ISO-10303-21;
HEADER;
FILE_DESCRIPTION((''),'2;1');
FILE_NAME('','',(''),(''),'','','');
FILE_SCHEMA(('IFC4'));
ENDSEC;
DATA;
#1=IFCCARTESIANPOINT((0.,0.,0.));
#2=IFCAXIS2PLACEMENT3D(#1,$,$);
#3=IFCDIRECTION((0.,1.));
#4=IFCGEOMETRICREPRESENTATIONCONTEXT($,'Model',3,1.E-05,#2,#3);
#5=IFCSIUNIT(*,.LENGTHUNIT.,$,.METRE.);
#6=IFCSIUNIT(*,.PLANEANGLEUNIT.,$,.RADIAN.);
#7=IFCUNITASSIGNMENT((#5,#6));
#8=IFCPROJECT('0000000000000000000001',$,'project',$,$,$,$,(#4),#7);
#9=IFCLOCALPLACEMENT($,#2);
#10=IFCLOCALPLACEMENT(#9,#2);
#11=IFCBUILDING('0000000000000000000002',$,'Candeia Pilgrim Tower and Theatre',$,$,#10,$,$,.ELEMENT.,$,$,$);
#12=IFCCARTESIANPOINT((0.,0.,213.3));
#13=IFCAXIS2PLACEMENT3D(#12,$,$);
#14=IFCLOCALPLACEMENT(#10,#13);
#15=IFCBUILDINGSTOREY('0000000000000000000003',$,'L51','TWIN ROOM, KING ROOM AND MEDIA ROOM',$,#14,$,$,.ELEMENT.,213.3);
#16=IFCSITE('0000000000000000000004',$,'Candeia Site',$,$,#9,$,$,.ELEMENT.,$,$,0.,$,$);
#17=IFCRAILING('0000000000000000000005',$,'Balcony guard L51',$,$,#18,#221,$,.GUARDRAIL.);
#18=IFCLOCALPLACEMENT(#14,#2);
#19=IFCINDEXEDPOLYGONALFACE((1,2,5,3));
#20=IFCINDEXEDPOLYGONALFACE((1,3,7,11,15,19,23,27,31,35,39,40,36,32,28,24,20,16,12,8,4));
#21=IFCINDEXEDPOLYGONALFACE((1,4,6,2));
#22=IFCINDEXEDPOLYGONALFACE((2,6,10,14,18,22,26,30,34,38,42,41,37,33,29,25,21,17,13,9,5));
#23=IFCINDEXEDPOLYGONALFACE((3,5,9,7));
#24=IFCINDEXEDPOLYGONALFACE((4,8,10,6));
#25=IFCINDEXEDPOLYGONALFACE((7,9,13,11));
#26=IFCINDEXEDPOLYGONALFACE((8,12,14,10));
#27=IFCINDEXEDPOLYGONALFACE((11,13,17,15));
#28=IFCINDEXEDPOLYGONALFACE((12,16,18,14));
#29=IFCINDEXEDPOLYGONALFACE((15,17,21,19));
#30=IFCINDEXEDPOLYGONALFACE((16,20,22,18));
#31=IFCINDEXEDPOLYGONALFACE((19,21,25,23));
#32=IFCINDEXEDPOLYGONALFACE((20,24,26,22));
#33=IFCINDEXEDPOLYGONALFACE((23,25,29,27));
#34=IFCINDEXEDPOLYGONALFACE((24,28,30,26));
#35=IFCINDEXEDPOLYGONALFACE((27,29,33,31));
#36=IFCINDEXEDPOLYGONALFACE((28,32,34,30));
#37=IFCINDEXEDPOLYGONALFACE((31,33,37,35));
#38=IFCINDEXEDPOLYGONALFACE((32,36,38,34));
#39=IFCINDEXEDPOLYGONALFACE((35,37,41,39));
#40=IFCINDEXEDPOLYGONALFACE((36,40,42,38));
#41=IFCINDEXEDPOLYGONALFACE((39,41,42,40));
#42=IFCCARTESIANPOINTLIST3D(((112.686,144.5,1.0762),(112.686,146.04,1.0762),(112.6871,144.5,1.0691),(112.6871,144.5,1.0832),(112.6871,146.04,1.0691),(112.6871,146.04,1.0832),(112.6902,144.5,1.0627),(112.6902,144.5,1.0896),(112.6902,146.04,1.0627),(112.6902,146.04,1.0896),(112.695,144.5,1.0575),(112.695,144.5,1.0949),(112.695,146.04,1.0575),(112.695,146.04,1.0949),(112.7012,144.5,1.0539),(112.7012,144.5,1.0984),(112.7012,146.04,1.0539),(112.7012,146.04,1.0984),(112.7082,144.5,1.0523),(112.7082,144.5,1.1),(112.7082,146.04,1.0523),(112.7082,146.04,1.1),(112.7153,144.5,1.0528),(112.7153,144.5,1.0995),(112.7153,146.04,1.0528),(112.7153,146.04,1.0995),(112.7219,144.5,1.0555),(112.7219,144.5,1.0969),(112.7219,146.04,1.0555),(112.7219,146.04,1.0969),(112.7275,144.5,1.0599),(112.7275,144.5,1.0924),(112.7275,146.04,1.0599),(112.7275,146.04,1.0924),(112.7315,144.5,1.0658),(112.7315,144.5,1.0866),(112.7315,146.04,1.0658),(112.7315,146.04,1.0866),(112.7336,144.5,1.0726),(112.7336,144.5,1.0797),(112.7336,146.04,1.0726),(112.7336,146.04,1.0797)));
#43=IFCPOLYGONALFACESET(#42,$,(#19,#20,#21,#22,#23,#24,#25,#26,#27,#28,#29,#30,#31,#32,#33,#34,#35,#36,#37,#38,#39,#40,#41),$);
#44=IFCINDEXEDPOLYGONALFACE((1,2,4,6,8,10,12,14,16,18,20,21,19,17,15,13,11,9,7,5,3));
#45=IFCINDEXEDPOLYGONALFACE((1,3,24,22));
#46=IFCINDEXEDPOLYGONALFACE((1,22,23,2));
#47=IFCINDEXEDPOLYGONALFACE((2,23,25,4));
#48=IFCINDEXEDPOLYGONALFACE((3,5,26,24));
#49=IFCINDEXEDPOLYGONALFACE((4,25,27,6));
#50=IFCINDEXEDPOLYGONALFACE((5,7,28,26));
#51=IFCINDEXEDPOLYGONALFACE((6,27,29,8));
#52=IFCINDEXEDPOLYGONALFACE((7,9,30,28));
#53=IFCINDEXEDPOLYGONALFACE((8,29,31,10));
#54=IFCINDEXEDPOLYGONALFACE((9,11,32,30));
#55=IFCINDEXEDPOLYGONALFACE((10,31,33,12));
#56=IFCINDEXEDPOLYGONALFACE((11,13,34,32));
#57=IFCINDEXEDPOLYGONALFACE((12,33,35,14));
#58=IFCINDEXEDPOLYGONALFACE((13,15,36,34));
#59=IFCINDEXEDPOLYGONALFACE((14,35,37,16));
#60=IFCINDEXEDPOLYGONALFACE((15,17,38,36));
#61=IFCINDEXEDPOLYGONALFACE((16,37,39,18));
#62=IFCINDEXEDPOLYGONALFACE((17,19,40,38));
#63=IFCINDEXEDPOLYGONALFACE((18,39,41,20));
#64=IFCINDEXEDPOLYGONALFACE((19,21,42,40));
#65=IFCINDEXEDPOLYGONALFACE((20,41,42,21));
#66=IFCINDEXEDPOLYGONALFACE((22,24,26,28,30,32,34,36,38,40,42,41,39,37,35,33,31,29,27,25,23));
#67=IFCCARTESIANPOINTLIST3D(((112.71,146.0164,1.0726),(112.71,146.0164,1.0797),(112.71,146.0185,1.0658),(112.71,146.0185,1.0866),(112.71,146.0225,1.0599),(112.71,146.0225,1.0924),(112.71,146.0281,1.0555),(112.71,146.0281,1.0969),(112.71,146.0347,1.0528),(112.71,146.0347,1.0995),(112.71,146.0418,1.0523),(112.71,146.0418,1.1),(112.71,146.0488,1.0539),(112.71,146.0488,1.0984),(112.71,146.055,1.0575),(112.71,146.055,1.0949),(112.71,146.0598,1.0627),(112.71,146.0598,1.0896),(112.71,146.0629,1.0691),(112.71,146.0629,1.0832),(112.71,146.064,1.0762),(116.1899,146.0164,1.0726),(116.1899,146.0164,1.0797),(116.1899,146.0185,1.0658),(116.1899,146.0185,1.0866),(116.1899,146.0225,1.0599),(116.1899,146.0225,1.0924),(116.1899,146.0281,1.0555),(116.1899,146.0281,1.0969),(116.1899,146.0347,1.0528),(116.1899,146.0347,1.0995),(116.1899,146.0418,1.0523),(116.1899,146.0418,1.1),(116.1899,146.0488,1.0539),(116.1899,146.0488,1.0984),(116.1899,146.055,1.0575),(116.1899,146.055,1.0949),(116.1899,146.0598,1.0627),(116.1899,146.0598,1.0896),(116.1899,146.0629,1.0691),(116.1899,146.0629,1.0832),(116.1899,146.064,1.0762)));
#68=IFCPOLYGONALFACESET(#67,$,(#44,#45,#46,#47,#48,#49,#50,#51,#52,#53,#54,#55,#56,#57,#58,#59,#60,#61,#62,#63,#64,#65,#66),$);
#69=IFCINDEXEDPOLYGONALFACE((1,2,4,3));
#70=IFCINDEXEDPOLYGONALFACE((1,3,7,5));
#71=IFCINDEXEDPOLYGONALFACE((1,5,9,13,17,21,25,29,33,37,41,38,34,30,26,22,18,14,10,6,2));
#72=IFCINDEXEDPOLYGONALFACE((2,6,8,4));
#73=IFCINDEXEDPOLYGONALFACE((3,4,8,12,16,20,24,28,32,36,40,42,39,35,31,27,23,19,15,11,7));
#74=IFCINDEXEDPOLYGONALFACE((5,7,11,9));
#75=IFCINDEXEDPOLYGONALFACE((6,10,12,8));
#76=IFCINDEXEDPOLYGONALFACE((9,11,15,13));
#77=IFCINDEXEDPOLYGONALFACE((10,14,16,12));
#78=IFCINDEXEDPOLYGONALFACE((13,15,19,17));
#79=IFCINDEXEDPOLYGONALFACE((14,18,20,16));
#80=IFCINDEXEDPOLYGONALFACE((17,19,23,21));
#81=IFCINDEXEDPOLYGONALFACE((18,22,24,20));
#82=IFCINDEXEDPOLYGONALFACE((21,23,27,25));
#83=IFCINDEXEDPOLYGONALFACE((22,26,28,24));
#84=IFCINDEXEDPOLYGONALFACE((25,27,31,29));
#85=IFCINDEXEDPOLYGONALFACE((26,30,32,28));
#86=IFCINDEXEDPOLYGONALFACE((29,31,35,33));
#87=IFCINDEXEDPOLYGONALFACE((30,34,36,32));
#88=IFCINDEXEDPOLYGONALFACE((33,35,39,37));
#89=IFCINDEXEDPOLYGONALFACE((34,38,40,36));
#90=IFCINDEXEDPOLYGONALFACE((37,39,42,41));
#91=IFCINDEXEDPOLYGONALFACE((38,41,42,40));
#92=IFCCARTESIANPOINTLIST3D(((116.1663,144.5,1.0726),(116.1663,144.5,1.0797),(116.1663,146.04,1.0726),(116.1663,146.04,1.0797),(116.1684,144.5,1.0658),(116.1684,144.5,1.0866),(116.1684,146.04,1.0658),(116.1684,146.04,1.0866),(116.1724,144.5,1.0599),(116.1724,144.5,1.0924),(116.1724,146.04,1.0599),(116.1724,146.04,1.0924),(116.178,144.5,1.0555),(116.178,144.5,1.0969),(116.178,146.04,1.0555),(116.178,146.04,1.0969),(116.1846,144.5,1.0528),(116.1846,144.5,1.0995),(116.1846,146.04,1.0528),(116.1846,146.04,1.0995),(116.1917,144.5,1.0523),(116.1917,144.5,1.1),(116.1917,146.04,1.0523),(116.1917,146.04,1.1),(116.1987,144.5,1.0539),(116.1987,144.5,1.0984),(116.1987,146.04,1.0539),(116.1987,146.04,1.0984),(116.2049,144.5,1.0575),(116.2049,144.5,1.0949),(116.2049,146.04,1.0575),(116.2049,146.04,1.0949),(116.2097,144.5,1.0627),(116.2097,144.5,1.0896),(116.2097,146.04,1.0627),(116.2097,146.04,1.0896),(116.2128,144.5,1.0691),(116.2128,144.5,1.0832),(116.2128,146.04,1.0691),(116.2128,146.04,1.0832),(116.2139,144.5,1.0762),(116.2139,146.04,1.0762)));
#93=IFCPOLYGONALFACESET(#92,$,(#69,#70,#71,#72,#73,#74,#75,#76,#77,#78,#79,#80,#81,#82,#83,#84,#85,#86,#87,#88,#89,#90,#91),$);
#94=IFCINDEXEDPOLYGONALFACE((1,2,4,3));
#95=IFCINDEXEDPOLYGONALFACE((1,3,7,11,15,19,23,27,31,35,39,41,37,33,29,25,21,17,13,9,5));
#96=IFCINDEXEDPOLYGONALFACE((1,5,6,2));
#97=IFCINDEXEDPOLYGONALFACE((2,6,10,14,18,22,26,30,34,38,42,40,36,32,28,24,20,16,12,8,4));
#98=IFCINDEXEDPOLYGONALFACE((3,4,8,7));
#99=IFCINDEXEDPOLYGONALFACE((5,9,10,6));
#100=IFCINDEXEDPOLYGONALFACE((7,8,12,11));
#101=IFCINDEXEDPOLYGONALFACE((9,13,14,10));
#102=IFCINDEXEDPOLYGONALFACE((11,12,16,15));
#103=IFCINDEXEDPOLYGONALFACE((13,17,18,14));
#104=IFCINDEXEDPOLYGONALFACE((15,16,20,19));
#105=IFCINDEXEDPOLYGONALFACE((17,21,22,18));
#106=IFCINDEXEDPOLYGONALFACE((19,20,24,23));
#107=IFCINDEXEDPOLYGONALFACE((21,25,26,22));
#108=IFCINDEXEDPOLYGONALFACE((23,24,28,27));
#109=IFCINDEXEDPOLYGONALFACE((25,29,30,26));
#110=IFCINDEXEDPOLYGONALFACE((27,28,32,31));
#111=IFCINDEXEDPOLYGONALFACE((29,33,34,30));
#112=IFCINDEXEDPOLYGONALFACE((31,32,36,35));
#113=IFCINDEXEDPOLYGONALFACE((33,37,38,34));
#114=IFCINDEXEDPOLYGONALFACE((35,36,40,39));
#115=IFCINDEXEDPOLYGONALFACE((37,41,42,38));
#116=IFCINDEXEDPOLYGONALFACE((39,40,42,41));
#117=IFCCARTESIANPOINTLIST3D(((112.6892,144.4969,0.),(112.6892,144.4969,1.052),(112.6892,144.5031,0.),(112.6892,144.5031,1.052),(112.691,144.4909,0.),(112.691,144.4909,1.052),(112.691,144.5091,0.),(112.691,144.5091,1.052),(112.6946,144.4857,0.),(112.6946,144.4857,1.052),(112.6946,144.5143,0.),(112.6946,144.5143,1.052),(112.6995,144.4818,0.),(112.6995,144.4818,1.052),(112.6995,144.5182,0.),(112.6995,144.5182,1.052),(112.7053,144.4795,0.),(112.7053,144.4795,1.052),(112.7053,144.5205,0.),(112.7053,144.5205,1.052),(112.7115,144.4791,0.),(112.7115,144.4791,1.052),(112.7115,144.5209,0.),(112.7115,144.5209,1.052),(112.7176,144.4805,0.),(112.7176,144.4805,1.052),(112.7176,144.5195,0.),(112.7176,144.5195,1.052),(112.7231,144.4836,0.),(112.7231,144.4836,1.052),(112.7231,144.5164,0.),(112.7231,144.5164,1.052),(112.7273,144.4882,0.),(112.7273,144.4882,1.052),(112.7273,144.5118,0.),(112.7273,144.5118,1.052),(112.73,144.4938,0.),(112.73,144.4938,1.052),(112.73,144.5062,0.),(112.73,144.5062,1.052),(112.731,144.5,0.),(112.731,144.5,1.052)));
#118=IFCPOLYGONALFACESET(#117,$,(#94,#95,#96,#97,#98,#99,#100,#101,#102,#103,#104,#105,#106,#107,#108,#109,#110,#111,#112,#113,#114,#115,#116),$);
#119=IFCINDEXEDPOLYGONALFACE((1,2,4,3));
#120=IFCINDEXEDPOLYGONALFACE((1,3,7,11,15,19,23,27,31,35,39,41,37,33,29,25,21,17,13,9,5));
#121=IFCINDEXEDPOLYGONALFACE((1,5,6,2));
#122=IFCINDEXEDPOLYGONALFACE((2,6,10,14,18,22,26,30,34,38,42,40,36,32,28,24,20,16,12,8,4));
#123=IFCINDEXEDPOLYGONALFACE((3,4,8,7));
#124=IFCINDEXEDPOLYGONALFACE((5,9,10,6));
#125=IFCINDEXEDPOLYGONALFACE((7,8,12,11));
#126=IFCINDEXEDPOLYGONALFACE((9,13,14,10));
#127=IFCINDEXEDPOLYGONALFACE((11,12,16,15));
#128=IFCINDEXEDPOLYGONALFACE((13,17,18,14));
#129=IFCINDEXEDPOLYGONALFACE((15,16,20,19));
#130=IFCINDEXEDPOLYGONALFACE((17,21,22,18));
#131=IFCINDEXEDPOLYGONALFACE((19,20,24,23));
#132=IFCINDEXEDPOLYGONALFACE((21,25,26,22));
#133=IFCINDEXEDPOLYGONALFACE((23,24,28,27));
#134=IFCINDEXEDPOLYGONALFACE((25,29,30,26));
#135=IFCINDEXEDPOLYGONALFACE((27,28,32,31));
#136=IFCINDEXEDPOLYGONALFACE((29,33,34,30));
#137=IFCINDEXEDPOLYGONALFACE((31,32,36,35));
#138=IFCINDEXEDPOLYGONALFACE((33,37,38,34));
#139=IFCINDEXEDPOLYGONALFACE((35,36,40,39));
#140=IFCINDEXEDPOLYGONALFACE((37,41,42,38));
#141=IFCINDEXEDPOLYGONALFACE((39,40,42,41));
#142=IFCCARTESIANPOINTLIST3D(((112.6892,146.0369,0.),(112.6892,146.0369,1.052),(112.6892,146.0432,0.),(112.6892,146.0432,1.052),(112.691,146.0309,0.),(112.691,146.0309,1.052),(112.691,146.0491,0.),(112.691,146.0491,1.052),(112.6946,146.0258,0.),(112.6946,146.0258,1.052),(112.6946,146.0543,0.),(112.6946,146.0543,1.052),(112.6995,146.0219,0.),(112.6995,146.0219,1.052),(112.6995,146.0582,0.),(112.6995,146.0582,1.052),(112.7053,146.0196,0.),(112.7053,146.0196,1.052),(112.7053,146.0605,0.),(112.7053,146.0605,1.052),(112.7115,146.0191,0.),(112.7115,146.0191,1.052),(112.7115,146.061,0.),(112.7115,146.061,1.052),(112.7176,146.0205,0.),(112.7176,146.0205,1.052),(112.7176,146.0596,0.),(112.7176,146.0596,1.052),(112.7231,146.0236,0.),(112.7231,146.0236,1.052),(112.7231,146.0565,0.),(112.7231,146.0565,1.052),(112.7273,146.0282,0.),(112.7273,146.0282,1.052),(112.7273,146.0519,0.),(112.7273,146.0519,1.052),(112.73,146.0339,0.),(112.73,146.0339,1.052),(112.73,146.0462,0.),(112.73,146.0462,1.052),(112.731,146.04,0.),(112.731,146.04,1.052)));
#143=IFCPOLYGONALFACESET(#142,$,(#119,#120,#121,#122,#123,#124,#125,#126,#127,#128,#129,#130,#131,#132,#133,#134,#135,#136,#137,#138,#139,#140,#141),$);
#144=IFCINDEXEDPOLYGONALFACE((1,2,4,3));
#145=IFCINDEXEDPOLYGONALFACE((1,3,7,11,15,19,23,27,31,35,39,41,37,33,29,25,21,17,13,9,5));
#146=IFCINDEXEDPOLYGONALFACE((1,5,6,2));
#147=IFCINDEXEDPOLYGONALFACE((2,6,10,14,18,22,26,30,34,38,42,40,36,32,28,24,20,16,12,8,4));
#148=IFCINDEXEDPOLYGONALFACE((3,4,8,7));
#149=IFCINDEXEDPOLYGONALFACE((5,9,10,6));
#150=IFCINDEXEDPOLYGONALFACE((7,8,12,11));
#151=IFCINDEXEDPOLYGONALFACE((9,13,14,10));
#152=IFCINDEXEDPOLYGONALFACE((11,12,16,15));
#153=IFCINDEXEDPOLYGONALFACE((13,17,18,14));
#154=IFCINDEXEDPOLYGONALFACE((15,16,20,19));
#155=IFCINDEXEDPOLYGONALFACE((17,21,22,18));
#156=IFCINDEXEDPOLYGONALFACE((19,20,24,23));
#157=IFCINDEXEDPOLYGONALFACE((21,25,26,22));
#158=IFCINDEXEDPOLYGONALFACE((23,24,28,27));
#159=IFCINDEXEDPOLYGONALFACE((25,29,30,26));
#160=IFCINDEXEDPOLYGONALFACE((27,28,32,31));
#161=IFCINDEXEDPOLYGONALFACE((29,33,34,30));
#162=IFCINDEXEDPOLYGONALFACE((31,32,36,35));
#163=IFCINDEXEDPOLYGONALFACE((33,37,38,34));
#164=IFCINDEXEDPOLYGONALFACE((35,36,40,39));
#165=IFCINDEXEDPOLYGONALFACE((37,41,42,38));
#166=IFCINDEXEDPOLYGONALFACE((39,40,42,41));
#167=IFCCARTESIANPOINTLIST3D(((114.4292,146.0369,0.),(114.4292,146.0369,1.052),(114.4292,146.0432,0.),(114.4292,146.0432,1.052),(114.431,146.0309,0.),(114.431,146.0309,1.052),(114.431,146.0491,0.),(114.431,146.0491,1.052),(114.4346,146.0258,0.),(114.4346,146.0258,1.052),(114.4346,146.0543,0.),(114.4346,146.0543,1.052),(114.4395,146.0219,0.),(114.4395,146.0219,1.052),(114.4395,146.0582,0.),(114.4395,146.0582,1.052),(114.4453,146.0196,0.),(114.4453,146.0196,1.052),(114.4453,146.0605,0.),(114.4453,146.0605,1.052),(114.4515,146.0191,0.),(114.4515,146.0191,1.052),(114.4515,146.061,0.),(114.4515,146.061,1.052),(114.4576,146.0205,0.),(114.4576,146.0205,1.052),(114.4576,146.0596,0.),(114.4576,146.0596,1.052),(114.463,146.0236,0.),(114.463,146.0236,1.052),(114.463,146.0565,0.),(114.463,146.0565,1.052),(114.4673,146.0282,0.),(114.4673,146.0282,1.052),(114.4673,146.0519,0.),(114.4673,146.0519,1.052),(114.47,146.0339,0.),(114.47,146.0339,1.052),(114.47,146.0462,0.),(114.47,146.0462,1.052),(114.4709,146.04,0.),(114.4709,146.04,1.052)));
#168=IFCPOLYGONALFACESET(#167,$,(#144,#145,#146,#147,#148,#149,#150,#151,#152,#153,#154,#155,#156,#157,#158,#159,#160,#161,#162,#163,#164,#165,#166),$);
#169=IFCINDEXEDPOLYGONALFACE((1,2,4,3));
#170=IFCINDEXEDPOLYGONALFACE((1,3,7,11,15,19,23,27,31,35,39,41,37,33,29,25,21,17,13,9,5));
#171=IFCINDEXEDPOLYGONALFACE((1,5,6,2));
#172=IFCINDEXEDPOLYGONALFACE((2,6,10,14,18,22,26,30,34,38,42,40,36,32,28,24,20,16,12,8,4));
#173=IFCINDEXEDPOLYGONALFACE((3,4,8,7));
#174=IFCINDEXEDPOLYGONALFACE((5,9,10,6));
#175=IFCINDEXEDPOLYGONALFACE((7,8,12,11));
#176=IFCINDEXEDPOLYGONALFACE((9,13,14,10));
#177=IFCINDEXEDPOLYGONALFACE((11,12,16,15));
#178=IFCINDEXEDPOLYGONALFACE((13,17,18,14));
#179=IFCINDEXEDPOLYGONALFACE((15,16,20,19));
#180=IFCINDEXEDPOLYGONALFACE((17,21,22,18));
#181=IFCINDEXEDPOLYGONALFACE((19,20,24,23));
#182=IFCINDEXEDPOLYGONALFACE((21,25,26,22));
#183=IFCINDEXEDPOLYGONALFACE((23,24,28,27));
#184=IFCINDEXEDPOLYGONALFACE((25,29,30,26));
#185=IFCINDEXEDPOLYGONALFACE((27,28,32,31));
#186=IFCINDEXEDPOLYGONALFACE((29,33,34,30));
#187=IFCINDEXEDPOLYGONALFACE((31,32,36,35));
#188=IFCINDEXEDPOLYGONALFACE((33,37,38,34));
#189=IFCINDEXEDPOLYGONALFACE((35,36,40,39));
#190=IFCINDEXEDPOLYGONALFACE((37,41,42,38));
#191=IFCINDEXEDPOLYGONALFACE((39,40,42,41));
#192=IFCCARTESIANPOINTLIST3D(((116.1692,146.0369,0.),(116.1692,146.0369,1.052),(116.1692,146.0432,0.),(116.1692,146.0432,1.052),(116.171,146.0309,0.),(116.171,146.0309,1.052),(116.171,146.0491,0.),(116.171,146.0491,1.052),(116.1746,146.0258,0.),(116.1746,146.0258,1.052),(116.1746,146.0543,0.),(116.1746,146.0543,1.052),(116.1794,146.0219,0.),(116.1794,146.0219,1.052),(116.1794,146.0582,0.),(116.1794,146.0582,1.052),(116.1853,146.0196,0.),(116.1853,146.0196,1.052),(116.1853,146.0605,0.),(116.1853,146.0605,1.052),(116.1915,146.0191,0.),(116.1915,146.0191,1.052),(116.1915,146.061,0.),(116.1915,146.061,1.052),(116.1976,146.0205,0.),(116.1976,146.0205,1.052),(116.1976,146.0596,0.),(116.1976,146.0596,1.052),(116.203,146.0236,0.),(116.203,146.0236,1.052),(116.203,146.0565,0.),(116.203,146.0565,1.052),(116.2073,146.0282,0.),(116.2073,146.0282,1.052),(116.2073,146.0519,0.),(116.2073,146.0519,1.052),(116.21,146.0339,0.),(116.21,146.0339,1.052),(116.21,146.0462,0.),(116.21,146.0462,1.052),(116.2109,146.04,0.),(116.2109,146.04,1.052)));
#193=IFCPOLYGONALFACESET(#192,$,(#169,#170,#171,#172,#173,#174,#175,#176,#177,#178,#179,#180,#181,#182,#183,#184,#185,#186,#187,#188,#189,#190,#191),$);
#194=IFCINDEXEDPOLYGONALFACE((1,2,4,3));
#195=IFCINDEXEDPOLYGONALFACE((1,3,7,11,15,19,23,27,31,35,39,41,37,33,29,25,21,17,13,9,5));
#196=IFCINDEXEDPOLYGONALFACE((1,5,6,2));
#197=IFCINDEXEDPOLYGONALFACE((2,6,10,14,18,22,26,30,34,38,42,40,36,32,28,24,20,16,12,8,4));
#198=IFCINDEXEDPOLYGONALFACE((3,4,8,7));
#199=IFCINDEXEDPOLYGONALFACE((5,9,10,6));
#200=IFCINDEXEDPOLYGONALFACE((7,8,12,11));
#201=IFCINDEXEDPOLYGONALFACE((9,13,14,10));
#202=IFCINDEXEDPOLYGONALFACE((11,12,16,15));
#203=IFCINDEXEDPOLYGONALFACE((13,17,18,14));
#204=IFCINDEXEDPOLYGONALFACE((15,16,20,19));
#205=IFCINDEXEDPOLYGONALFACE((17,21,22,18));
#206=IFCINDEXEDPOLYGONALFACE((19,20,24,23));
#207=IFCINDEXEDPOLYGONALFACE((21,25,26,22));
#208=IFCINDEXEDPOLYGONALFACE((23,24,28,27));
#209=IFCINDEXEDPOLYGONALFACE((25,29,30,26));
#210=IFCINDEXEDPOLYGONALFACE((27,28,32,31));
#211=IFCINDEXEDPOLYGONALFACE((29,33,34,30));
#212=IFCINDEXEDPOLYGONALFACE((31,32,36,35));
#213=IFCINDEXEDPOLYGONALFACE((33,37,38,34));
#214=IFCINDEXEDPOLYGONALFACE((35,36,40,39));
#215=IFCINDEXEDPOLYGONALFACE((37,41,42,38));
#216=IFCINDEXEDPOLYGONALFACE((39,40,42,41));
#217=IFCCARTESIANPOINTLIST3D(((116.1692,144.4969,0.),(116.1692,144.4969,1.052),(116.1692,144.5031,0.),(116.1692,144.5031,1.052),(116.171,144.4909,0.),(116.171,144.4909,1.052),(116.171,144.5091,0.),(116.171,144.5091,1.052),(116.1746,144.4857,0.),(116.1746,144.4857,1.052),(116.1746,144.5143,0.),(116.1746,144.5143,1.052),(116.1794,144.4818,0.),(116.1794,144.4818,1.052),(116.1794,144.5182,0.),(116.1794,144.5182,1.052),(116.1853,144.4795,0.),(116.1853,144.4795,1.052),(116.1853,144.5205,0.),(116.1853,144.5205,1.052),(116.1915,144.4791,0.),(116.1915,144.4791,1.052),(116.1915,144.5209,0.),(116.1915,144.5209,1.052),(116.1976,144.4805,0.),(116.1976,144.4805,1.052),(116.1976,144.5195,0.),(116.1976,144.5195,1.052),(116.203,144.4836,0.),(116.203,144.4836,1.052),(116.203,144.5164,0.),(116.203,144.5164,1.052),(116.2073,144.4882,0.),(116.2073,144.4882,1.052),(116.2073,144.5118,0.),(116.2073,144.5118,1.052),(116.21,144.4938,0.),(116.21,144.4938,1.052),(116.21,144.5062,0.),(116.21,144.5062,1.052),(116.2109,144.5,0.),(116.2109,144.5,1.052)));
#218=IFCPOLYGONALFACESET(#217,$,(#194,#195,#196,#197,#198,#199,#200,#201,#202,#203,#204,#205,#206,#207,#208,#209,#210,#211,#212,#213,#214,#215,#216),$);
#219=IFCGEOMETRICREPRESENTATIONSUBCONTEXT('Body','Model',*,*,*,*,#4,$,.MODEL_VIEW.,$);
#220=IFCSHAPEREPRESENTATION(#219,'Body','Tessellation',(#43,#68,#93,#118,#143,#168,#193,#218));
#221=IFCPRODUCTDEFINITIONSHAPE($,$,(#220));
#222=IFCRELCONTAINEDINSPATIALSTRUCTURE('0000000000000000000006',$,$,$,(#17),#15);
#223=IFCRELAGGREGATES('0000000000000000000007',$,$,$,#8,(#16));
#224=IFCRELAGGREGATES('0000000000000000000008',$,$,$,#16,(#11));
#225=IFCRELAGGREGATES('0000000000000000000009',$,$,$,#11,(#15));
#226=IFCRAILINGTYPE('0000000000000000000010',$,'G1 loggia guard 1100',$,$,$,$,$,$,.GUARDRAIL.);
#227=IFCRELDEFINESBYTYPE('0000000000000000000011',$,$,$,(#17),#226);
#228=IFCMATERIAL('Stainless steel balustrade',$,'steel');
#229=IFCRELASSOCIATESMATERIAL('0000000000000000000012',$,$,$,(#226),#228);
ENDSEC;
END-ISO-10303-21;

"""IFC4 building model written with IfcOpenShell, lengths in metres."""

from ifc_helpers import new_model, si_unit, direction, frame, origin, origin_2d, place, context, subcontext, project, spatial, circle, extrude, material, type_object, element, save


model = new_model("IFC4")

# Units and contexts
model_context = context("Model", 3, precision=1e-05, world=origin(), true_north=direction((0.0, 1.0)))
body_context = subcontext(model_context, "Body", "Model", "MODEL_VIEW")
ifc_project = project(units=[si_unit("LENGTHUNIT", "METRE"), si_unit("PLANEANGLEUNIT", "RADIAN")], contexts=[model_context])

# Site, building, storey
site_placement = place(None, origin())
site = spatial("IfcSite", under=ifc_project, at=site_placement, Name="Candeia Site", CompositionType="ELEMENT", RefElevation=0.0)
building_placement = place(site_placement, origin())
building = spatial("IfcBuilding", under=site, at=building_placement, Name="Candeia Pilgrim Tower and Theatre", CompositionType="ELEMENT")
storey_placement = place(building_placement, frame((0.0, 0.0, 213.3)))
storey = spatial("IfcBuildingStorey", under=building, at=storey_placement, Name="L51", Description="TWIN ROOM, KING ROOM AND MEDIA ROOM", CompositionType="ELEMENT", Elevation=213.3)

# Railing
ifc_material_1 = material(Name="Stainless steel balustrade", Category="steel")
railing_type = type_object("IfcRailingType", Name="G1 loggia guard 1100", PredefinedType="GUARDRAIL", material=ifc_material_1)
railing_1_placement = place(storey_placement, frame((112.71, 144.5, 0.0)))
element("IfcRailing", 1, at=railing_1_placement, inside=storey, type_object=railing_type, Name="Balcony guard L51", PredefinedType="GUARDRAIL", context=body_context, shape_type="SweptSolid", body=[
    extrude(circle(Radius=0.0239, at=origin_2d()), frame((0.0, 0.0, 1.0762), z_axis=(0.0, 1.0, 0.0), x_axis=(-1.0, 0.0, 0.0)), (0.0, 0.0, 1.0), 1.54),
    extrude(circle(Radius=0.0239, at=origin_2d()), frame((0.0, 1.54, 1.0762), z_axis=(1.0, 0.0, 0.0), x_axis=(0.0, 1.0, 0.0)), (0.0, 0.0, 1.0), 3.48),
    extrude(circle(Radius=0.0239, at=origin_2d()), frame((3.48, 1.54, 1.0762), z_axis=(0.0, -1.0, 0.0), x_axis=(1.0, 0.0, 0.0)), (0.0, 0.0, 1.0), 1.54),
    extrude(circle(Radius=0.021, at=origin_2d()), origin(), (0.0, 0.0, 1.0), 1.052),
    extrude(circle(Radius=0.021, at=origin_2d()), frame((0.0, 1.54, 0.0)), (0.0, 0.0, 1.0), 1.052),
    extrude(circle(Radius=0.021, at=origin_2d()), frame((1.74, 1.54, 0.0)), (0.0, 0.0, 1.0), 1.052),
    extrude(circle(Radius=0.021, at=origin_2d()), frame((3.48, 1.54, 0.0)), (0.0, 0.0, 1.0), 1.052),
    extrude(circle(Radius=0.021, at=origin_2d()), frame((3.48, 0.0, 0.0)), (0.0, 0.0, 1.0), 1.052),
])

save(model, "model.ifc")
